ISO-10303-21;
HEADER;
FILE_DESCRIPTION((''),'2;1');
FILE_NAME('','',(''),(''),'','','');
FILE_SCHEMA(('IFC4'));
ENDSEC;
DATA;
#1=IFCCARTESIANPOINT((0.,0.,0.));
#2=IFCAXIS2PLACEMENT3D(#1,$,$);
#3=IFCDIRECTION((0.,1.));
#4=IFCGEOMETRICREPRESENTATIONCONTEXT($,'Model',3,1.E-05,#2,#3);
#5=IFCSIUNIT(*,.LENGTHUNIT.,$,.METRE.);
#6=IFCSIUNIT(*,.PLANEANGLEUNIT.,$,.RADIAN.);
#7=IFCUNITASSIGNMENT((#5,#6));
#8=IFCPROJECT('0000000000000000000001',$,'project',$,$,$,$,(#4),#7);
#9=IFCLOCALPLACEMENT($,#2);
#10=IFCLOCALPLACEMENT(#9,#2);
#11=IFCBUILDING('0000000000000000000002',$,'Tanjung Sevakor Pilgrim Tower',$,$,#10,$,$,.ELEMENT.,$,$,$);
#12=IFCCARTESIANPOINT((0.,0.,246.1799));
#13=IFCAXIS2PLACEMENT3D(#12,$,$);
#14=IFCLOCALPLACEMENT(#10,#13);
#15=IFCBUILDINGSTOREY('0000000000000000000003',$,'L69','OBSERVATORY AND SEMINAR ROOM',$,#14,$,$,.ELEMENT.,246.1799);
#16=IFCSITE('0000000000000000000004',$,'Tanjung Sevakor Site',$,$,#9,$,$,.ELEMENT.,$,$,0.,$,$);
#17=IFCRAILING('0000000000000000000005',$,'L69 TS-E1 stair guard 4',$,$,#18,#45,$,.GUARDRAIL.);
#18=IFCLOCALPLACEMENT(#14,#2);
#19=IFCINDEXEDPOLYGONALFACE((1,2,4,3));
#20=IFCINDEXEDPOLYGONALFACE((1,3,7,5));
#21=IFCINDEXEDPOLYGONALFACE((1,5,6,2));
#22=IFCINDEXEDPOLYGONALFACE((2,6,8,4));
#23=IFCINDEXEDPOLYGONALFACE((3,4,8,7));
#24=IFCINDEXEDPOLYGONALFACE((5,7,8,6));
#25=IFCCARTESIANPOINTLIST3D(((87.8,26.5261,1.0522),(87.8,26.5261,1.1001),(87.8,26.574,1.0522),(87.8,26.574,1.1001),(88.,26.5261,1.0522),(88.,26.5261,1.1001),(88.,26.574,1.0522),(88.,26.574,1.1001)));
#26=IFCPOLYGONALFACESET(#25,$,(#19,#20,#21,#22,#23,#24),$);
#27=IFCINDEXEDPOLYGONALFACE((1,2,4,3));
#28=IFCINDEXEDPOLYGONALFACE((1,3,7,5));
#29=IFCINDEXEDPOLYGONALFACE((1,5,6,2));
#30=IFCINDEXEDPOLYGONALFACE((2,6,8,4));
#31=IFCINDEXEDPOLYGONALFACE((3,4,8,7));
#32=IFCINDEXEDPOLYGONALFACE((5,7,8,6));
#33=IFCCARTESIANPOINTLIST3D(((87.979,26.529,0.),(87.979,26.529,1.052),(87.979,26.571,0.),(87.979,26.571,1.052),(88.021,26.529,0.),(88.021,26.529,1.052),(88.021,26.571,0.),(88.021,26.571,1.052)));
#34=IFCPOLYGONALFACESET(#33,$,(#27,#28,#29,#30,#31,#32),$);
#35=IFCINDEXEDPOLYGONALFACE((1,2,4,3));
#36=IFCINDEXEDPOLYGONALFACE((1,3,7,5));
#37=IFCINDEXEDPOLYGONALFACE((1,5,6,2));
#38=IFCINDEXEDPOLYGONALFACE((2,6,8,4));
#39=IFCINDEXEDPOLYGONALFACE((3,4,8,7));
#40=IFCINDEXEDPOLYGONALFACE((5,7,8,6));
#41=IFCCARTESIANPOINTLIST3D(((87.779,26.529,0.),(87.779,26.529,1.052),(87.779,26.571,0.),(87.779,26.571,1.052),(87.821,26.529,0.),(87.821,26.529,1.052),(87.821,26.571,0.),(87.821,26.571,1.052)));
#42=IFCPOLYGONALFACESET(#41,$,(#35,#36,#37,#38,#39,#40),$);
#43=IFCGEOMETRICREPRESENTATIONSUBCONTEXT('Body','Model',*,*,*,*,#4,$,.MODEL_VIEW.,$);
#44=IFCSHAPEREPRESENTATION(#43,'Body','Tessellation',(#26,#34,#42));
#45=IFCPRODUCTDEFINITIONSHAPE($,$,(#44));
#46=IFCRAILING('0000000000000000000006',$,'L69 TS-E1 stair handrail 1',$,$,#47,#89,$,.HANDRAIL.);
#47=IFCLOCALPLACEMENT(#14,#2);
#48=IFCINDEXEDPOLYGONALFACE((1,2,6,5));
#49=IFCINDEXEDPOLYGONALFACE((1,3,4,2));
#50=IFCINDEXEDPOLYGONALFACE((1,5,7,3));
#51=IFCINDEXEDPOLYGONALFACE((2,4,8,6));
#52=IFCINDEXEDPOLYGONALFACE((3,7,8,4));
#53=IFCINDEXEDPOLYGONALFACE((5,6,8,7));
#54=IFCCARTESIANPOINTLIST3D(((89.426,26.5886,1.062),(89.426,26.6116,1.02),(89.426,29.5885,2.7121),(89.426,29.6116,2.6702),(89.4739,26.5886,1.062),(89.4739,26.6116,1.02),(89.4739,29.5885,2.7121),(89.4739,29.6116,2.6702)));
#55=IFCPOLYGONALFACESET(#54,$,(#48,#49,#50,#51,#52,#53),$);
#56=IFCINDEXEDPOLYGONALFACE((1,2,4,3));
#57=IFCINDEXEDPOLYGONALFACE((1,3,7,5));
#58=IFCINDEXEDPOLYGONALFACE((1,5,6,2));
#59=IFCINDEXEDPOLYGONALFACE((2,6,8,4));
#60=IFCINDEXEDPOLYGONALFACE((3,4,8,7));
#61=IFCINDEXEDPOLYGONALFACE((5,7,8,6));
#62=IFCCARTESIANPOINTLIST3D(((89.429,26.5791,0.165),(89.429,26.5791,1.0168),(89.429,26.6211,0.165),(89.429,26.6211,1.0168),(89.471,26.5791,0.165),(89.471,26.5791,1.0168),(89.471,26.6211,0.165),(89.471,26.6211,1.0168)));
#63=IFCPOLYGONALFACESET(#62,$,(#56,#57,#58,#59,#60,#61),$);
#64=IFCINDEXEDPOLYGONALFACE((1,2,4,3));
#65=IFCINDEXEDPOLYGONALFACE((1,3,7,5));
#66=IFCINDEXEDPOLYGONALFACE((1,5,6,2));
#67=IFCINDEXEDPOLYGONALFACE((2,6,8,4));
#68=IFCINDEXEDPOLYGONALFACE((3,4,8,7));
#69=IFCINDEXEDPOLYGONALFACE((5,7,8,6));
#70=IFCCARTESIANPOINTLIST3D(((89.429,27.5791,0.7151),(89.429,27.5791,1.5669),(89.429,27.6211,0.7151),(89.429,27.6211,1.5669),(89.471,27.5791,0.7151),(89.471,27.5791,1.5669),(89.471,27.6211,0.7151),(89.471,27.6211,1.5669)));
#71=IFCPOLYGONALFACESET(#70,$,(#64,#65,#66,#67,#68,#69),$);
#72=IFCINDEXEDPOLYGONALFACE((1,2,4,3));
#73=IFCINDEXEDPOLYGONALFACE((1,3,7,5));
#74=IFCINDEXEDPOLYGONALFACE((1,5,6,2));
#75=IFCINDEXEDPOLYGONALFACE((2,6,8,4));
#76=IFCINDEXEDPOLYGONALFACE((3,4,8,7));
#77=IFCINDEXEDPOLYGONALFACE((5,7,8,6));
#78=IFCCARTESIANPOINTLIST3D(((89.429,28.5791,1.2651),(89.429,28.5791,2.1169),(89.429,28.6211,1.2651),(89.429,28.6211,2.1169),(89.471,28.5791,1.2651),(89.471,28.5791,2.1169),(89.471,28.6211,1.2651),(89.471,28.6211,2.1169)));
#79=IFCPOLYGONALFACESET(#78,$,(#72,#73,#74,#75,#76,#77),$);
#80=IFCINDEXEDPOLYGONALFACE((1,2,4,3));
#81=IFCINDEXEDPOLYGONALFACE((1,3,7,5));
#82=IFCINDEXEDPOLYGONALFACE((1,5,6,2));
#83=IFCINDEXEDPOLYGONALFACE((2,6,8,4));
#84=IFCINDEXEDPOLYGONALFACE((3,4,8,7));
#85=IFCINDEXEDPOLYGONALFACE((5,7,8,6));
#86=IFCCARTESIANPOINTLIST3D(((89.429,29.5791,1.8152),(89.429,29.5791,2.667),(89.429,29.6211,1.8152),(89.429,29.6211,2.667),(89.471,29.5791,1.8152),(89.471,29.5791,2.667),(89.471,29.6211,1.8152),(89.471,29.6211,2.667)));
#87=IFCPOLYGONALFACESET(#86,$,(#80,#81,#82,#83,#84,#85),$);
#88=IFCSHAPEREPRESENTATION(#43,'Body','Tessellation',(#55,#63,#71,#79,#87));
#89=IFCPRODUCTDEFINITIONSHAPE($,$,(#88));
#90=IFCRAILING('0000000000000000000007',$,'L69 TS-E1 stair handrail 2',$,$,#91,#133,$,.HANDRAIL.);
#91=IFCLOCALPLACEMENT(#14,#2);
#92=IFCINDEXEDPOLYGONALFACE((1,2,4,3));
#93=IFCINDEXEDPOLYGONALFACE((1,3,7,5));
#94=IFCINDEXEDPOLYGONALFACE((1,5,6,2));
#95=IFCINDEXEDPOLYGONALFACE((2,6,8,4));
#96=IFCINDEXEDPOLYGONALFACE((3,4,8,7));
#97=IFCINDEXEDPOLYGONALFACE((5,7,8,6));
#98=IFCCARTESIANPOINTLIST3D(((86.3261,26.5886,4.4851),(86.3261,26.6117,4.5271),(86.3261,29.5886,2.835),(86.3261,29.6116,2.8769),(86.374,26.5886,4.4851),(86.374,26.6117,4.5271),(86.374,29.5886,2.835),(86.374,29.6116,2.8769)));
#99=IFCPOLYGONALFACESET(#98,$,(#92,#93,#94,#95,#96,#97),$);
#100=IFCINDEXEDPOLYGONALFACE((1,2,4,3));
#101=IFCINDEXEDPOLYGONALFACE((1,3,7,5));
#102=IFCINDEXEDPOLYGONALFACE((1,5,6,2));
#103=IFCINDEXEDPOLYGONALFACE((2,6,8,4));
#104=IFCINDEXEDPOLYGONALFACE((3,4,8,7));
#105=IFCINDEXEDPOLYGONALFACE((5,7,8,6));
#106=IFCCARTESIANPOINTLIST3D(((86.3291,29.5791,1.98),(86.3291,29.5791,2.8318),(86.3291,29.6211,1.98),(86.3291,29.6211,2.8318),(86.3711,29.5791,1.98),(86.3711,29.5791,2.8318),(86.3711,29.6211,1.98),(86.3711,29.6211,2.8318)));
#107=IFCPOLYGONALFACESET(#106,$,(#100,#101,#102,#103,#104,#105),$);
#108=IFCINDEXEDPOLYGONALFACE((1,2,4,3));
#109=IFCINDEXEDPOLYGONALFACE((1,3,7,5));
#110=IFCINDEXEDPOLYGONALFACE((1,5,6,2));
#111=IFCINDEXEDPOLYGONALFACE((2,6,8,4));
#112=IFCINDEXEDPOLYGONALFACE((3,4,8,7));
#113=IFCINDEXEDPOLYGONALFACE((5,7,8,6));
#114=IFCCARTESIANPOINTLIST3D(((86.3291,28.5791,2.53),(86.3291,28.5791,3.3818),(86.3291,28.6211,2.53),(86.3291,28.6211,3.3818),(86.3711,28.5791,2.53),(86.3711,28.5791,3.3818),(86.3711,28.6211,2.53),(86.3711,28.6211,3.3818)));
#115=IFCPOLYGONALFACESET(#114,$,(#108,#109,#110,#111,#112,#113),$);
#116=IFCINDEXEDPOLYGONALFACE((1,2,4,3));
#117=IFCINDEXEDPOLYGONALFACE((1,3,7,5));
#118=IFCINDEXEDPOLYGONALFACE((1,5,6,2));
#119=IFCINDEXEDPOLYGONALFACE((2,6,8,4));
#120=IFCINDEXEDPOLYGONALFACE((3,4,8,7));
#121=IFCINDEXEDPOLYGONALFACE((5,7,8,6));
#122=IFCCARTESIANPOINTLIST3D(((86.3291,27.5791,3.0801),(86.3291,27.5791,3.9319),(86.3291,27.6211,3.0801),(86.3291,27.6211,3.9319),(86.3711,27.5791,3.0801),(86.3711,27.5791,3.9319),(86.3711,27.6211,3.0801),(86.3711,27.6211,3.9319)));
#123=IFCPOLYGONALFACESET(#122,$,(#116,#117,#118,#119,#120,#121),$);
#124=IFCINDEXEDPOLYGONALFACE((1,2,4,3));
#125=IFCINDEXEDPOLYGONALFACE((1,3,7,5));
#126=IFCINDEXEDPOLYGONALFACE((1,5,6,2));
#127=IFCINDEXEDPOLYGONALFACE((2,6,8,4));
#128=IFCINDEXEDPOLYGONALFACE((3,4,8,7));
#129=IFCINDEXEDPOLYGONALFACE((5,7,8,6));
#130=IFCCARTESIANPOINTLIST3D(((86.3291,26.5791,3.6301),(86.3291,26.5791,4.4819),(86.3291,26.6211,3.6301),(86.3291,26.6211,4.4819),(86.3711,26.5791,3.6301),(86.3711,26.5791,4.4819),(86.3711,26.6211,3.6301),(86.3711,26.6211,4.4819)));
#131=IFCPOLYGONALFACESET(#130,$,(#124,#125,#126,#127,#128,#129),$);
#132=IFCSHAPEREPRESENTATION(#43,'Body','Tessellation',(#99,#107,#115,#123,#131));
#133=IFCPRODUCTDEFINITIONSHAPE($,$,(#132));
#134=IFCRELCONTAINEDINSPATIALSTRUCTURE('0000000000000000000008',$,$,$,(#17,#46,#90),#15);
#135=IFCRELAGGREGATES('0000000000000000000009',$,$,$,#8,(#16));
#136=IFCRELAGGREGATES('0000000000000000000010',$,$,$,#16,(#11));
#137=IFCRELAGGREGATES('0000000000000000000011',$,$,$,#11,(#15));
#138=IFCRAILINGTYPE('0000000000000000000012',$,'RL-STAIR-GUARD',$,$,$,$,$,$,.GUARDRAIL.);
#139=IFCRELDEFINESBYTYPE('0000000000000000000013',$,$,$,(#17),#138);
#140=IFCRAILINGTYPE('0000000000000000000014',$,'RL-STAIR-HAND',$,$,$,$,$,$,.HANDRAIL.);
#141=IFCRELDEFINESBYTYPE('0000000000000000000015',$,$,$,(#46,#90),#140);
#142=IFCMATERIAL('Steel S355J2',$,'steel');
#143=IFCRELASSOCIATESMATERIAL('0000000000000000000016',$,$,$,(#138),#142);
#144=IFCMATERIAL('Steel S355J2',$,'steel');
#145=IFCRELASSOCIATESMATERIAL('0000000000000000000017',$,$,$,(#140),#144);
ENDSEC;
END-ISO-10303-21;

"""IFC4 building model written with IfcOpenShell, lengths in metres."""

from ifc_helpers import new_model, si_unit, direction, frame, origin, place, context, subcontext, project, spatial, rectangle, extrude, material, type_object, element, save


model = new_model("IFC4")

# Units and contexts
model_context = context("Model", 3, precision=1e-05, world=origin(), true_north=direction((0.0, 1.0)))
body_context = subcontext(model_context, "Body", "Model", "MODEL_VIEW")
ifc_project = project(units=[si_unit("LENGTHUNIT", "METRE"), si_unit("PLANEANGLEUNIT", "RADIAN")], contexts=[model_context])

# Site, building, storey
site_placement = place(None, origin())
site = spatial("IfcSite", under=ifc_project, at=site_placement, Name="Tanjung Sevakor Site", CompositionType="ELEMENT", RefElevation=0.0)
building_placement = place(site_placement, origin())
building = spatial("IfcBuilding", under=site, at=building_placement, Name="Tanjung Sevakor Pilgrim Tower", CompositionType="ELEMENT")
storey_placement = place(building_placement, frame((0.0, 0.0, 246.1799)))
storey = spatial("IfcBuildingStorey", under=building, at=storey_placement, Name="L69", Description="OBSERVATORY AND SEMINAR ROOM", CompositionType="ELEMENT", Elevation=246.1799)

# Railings
ifc_material_1 = material(Name="Steel S355J2", Category="steel")
railing_type_1 = type_object("IfcRailingType", Name="RL-STAIR-GUARD", PredefinedType="GUARDRAIL", material=ifc_material_1)
railing_1_placement = place(storey_placement, frame((88.0, 26.55, 0.0)))
element("IfcRailing", 1, at=railing_1_placement, inside=storey, type_object=railing_type_1, Name="L69 TS-E1 stair guard 4", PredefinedType="GUARDRAIL", context=body_context, shape_type="SweptSolid", body=[
    extrude(rectangle(XDim=0.0479, YDim=0.0479), frame((0.0, 0.0, 1.0762), z_axis=(-1.0, 0.0, 0.0), x_axis=(0.0, -1.0, 0.0)), (0.0, 0.0, 1.0), 0.2),
    extrude(rectangle(XDim=0.042, YDim=0.042), origin(), (0.0, 0.0, 1.0), 1.052),
    extrude(rectangle(XDim=0.042, YDim=0.042), frame((-0.2, 0.0, 0.0)), (0.0, 0.0, 1.0), 1.052),
])
ifc_material_2 = material(Name="Steel S355J2", Category="steel")
railing_type_2 = type_object("IfcRailingType", Name="RL-STAIR-HAND", PredefinedType="HANDRAIL", material=ifc_material_2)
railing_2_placement = place(storey_placement, frame((89.45, 26.6001, 0.165)))
element("IfcRailing", 2, at=railing_2_placement, inside=storey, type_object=railing_type_2, Name="L69 TS-E1 stair handrail 1", PredefinedType="HANDRAIL", context=body_context, shape_type="SweptSolid", body=[
    extrude(rectangle(XDim=0.0479, YDim=0.0479), frame((0.0, 0.0, 0.876), z_axis=(0.0, 0.876198, 0.481952), x_axis=(-1.0, 0.0, 0.0)), (0.0, 0.0, 1.0), 3.4238),
    extrude(rectangle(XDim=0.042, YDim=0.042), origin(), (0.0, 0.0, 1.0), 0.8518),
    extrude(rectangle(XDim=0.042, YDim=0.042), frame((0.0, 1.0, 0.55)), (0.0, 0.0, 1.0), 0.8518),
    extrude(rectangle(XDim=0.042, YDim=0.042), frame((0.0, 2.0, 1.1001)), (0.0, 0.0, 1.0), 0.8518),
    extrude(rectangle(XDim=0.042, YDim=0.042), frame((0.0, 3.0, 1.6501)), (0.0, 0.0, 1.0), 0.8518),
])
railing_3_placement = place(storey_placement, frame((86.3501, 29.6001, 1.98)))
element("IfcRailing", 3, at=railing_3_placement, inside=storey, type_object=railing_type_2, Name="L69 TS-E1 stair handrail 2", PredefinedType="HANDRAIL", context=body_context, shape_type="SweptSolid", body=[
    extrude(rectangle(XDim=0.0479, YDim=0.0479), frame((0.0, 0.0, 0.876), z_axis=(0.0, -0.876198, 0.481952), x_axis=(1.0, 0.0, 0.0)), (0.0, 0.0, 1.0), 3.4238),
    extrude(rectangle(XDim=0.042, YDim=0.042), origin(), (0.0, 0.0, 1.0), 0.8518),
    extrude(rectangle(XDim=0.042, YDim=0.042), frame((0.0, -1.0, 0.55)), (0.0, 0.0, 1.0), 0.8518),
    extrude(rectangle(XDim=0.042, YDim=0.042), frame((0.0, -2.0, 1.1001)), (0.0, 0.0, 1.0), 0.8518),
    extrude(rectangle(XDim=0.042, YDim=0.042), frame((0.0, -3.0, 1.6501)), (0.0, 0.0, 1.0), 0.8518),
])

save(model, "model.ifc")
